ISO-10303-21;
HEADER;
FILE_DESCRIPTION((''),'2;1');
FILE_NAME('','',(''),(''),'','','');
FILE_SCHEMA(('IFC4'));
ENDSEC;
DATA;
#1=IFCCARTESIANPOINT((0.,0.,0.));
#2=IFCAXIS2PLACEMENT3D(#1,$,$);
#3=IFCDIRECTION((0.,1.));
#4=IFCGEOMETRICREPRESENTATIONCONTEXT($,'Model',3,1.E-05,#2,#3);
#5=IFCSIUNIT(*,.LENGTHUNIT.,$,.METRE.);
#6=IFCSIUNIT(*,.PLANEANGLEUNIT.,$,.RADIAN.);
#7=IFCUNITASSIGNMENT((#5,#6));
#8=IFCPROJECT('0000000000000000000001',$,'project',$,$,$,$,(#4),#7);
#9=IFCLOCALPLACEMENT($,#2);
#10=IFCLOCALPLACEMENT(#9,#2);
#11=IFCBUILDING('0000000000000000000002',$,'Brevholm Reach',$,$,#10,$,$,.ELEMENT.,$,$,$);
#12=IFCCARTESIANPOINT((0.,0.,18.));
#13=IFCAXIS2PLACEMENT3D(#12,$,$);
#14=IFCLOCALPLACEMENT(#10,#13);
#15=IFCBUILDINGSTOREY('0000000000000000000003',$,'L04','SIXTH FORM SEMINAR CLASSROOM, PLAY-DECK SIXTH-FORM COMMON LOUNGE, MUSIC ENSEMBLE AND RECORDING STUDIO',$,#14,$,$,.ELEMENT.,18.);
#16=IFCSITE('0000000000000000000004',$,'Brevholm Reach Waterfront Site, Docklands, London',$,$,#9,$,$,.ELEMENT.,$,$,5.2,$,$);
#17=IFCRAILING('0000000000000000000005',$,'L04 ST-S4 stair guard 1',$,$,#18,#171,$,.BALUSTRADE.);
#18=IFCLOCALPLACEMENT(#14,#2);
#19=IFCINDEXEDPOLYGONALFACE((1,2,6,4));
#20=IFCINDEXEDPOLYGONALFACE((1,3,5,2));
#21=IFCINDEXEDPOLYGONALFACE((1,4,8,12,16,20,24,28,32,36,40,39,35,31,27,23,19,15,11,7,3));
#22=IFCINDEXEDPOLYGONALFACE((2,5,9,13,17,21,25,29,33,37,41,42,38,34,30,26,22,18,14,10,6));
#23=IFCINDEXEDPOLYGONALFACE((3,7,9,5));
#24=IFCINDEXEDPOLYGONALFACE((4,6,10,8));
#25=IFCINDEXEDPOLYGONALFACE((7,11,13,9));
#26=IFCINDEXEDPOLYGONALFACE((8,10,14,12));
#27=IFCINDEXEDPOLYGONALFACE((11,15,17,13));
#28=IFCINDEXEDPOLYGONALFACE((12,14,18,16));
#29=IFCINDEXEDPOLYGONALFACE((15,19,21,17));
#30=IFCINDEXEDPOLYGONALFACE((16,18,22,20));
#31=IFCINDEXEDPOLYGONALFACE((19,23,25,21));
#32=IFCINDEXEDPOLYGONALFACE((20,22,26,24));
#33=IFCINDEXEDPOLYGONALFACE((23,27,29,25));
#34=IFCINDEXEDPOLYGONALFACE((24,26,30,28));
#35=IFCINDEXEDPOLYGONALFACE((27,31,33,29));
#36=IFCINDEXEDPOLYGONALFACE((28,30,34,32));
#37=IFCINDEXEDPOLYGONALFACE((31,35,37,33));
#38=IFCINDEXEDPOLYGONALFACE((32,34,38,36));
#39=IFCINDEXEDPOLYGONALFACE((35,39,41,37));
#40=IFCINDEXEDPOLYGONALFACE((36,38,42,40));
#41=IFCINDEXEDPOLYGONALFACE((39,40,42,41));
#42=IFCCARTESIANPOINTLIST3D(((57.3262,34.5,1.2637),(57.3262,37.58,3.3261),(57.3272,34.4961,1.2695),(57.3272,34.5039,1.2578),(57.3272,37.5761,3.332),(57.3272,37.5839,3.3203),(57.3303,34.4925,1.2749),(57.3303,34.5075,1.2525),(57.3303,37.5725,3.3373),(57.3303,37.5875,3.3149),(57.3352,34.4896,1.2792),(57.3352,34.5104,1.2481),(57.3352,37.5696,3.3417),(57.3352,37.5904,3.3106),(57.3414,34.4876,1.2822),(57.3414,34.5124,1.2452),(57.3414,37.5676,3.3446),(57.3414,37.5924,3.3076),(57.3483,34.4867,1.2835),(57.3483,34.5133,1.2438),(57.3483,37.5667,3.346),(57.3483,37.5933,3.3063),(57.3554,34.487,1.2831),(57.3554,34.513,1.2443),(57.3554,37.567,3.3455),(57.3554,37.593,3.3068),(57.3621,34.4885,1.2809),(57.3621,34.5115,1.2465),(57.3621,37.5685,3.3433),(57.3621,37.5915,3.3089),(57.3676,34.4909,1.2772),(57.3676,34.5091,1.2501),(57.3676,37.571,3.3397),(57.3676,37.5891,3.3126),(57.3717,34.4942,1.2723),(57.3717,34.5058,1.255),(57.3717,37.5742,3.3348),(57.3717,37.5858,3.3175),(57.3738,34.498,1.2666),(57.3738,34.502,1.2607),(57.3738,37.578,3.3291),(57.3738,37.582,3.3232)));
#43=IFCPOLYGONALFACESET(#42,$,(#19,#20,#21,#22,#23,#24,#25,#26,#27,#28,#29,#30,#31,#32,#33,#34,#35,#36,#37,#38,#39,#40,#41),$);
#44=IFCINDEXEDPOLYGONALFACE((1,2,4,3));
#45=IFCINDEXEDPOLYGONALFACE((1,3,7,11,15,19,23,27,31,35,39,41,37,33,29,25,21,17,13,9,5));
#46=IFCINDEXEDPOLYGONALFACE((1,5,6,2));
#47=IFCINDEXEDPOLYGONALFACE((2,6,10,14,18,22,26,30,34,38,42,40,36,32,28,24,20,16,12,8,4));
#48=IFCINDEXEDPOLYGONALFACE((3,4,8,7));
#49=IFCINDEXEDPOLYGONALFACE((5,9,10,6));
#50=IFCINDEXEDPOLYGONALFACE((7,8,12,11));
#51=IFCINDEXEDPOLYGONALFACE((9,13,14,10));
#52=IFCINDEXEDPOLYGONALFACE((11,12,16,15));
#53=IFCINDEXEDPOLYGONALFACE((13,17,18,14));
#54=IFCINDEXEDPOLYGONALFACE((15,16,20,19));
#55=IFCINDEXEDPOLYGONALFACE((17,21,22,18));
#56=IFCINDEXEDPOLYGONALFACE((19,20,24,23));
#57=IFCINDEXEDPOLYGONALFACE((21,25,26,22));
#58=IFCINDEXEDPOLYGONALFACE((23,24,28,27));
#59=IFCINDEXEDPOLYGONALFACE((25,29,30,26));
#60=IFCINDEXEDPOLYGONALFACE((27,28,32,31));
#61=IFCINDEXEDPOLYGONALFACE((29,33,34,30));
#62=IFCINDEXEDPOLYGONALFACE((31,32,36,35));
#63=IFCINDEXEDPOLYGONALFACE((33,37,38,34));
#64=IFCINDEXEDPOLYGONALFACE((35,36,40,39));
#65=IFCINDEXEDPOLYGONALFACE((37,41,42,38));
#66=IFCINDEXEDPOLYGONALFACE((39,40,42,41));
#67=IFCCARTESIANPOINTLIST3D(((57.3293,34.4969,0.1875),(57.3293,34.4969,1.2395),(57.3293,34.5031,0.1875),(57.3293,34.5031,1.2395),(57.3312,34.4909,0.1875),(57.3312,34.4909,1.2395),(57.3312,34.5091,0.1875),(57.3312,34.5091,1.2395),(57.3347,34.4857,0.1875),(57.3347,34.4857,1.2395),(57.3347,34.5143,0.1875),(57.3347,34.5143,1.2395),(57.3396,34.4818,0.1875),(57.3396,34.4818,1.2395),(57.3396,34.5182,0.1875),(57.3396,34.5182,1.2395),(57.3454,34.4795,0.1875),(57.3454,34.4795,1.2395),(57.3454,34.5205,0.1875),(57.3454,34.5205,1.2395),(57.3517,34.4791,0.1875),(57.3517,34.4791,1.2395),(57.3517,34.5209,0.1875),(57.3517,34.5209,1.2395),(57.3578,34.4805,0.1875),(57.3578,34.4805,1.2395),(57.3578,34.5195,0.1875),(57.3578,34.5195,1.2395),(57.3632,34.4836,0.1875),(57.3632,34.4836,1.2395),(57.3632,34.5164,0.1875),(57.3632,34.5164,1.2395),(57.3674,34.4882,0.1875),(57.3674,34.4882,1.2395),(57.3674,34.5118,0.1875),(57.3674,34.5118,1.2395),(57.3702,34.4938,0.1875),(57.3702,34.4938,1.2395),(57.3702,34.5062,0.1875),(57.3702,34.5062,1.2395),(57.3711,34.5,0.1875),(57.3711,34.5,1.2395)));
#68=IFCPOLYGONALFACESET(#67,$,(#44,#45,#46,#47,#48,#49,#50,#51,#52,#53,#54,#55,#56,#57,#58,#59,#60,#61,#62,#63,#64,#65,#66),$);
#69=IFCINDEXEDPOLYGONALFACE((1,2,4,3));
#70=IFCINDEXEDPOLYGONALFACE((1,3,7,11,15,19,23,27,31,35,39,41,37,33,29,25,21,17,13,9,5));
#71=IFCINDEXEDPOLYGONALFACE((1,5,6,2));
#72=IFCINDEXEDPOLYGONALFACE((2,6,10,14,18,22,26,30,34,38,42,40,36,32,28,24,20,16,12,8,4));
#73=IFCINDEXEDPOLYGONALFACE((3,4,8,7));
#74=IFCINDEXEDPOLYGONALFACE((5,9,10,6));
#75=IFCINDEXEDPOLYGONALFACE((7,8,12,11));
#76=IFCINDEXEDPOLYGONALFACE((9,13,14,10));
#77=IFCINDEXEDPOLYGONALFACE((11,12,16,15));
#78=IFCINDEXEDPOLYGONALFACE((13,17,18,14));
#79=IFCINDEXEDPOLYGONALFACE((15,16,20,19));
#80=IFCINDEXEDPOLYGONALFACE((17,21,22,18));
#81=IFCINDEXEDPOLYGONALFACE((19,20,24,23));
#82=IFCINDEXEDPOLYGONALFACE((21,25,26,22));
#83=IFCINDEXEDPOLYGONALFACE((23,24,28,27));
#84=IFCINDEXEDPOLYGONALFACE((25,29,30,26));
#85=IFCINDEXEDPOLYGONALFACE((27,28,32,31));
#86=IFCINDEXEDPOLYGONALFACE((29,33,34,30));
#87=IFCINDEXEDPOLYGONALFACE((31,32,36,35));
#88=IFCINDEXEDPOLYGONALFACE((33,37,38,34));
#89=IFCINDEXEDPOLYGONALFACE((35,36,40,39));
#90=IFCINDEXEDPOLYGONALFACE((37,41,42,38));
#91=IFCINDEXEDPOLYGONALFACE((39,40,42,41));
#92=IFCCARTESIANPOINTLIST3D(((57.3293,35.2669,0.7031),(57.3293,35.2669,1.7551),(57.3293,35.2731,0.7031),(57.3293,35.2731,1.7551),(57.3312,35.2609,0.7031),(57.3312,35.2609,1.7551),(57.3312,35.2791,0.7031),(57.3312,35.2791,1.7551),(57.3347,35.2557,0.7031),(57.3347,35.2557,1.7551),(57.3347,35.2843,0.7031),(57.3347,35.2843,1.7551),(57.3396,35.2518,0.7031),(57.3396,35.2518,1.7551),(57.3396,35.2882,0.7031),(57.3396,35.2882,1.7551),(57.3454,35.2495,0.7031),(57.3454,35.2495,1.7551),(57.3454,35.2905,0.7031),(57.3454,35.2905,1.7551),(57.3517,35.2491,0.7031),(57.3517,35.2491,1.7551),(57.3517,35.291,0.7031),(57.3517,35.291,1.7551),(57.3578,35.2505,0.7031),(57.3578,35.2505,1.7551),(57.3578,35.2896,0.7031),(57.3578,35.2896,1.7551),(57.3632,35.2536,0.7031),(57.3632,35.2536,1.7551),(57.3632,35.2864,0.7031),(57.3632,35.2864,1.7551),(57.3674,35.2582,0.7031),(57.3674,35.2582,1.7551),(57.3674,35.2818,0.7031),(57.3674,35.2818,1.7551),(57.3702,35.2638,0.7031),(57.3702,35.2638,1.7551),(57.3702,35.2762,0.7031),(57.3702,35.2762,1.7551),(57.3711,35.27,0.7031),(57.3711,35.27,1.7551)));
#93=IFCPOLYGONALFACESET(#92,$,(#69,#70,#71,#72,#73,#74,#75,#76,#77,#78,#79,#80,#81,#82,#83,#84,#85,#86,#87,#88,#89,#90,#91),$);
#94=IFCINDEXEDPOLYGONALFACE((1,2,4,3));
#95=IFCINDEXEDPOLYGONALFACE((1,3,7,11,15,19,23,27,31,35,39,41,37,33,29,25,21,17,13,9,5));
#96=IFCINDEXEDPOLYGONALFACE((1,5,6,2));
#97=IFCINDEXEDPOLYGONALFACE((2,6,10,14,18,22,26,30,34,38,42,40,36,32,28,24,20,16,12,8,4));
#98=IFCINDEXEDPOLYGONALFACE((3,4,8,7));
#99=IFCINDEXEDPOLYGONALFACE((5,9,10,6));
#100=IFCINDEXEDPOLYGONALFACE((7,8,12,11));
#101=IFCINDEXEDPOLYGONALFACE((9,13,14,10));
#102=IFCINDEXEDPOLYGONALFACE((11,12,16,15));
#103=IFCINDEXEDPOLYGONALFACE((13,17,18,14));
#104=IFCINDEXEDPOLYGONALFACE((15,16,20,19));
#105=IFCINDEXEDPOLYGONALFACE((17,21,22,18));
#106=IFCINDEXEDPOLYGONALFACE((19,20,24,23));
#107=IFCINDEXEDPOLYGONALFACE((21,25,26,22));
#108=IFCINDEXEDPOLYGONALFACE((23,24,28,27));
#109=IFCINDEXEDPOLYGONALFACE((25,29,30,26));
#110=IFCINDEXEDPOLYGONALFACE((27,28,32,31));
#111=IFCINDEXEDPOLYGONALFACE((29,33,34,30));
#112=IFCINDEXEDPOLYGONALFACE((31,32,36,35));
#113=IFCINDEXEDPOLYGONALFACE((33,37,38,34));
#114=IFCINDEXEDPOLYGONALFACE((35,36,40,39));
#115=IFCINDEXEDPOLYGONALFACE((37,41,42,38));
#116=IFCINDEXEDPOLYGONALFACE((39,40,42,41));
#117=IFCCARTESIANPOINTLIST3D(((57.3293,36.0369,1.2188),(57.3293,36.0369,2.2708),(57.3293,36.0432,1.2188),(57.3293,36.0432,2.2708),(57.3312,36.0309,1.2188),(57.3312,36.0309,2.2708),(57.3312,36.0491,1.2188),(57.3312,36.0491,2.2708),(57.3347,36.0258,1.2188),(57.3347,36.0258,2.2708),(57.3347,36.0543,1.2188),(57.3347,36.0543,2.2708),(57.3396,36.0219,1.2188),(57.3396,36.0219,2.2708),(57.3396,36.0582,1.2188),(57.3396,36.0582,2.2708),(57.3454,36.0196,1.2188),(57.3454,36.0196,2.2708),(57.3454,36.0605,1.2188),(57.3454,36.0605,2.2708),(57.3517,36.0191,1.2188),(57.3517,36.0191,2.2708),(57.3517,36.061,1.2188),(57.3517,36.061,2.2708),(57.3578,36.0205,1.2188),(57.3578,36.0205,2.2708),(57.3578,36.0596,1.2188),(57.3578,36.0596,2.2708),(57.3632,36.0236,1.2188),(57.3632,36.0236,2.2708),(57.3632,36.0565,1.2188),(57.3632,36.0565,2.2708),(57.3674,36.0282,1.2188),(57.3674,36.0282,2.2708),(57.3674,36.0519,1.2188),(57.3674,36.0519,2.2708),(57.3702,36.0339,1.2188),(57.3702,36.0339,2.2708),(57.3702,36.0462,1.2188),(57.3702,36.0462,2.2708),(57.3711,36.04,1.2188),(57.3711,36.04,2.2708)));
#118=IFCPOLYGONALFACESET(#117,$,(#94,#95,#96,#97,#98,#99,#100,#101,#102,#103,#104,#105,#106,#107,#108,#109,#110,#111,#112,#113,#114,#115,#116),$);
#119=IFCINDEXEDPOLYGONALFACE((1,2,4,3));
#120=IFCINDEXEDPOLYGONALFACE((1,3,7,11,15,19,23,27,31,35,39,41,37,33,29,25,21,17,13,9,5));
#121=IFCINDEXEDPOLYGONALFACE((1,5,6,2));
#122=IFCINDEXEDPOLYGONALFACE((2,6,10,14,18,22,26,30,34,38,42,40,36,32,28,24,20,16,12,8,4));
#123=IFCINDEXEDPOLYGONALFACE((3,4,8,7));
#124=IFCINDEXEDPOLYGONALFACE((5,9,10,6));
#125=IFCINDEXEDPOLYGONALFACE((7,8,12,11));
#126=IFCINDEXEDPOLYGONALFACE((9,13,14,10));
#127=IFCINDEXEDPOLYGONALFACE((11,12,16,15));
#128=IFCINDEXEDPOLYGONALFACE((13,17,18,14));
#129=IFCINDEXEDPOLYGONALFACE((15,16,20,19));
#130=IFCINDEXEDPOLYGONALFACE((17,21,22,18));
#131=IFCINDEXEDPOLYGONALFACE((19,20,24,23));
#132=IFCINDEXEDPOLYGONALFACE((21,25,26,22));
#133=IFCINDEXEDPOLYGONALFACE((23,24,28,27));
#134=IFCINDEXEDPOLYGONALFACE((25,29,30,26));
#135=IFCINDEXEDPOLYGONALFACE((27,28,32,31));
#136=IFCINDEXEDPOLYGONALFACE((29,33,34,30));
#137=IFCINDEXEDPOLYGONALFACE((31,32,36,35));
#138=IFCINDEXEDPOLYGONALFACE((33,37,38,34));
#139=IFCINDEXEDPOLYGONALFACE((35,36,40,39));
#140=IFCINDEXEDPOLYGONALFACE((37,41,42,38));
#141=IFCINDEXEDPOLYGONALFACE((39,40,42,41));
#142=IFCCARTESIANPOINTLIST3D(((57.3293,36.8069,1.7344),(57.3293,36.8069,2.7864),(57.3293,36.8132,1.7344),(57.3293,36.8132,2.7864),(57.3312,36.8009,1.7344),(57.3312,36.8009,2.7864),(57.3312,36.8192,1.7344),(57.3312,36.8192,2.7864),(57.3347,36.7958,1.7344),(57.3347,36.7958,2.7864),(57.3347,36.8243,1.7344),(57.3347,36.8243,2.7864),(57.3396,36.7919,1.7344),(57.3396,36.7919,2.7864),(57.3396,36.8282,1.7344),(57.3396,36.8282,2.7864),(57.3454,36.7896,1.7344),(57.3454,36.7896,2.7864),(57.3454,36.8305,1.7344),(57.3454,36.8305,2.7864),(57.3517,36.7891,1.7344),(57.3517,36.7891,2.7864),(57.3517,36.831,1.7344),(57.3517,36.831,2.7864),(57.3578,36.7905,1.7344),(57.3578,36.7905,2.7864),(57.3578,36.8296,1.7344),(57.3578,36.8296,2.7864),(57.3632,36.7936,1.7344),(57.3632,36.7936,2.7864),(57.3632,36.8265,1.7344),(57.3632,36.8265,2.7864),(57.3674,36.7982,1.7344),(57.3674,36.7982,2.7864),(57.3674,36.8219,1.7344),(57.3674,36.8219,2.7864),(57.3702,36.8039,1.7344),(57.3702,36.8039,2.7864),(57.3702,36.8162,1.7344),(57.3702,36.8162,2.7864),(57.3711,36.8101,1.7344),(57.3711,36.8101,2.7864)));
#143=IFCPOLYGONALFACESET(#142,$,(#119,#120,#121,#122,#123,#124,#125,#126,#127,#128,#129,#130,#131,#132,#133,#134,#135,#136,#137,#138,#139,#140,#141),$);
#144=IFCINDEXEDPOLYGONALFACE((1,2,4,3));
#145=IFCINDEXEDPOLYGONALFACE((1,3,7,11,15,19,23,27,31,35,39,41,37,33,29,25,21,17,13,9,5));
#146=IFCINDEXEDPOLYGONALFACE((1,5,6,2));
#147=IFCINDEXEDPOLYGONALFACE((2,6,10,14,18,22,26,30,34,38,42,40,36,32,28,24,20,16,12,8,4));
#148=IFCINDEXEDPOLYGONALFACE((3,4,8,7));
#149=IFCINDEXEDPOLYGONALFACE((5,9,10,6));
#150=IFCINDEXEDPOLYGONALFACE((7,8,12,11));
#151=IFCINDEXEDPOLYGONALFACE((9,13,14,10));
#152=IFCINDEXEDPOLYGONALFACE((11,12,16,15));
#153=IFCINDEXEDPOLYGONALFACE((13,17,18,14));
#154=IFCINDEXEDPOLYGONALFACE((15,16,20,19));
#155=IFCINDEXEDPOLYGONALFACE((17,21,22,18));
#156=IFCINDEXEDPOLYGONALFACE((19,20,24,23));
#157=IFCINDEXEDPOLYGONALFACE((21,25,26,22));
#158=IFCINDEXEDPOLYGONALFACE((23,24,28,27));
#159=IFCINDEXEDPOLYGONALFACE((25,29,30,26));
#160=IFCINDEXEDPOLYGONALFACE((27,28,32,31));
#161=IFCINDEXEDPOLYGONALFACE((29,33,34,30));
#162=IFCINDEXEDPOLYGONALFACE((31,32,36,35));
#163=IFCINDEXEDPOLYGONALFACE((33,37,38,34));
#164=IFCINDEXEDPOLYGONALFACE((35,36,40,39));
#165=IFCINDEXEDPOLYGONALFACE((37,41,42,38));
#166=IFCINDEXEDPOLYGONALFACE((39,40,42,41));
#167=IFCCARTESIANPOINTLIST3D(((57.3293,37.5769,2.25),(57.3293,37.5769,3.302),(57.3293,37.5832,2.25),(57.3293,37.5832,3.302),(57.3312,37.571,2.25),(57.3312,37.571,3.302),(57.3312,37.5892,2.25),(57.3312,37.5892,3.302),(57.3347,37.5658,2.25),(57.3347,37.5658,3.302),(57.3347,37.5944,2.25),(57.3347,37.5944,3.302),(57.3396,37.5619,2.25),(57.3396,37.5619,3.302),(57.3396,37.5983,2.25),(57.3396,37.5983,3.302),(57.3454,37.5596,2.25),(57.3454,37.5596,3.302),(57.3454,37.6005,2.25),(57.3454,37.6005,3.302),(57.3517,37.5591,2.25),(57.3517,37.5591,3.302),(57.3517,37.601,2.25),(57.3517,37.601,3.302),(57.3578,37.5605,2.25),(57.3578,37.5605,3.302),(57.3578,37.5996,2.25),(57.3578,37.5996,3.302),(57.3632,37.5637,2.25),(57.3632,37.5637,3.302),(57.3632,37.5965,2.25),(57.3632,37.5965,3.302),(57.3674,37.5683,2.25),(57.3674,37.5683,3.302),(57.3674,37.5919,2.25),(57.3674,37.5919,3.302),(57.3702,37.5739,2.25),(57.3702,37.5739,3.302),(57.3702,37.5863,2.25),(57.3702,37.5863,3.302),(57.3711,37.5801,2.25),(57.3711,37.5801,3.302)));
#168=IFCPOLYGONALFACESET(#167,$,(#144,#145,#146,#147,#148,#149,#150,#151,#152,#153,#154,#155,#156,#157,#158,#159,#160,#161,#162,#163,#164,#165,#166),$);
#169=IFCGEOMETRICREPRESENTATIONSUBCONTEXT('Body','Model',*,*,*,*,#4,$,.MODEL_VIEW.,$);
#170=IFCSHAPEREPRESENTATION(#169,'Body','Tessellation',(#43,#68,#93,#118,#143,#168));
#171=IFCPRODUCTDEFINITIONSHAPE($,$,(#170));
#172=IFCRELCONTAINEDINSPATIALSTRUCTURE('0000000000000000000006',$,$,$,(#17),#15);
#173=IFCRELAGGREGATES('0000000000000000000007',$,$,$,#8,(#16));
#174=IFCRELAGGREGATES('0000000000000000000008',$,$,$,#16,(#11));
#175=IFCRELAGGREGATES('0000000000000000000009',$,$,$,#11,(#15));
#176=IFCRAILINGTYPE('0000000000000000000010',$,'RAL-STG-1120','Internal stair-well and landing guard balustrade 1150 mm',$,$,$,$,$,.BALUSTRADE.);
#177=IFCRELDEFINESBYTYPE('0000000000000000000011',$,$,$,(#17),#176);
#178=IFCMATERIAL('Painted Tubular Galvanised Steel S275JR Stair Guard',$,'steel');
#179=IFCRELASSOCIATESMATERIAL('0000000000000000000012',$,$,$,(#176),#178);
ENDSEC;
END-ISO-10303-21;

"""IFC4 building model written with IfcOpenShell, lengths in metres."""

from ifc_helpers import new_model, si_unit, direction, frame, origin, origin_2d, place, context, subcontext, project, spatial, circle, extrude, material, type_object, element, save


model = new_model("IFC4")

# Units and contexts
model_context = context("Model", 3, precision=1e-05, world=origin(), true_north=direction((0.0, 1.0)))
body_context = subcontext(model_context, "Body", "Model", "MODEL_VIEW")
ifc_project = project(units=[si_unit("LENGTHUNIT", "METRE"), si_unit("PLANEANGLEUNIT", "RADIAN")], contexts=[model_context])

# Site, building, storey
site_placement = place(None, origin())
site = spatial("IfcSite", under=ifc_project, at=site_placement, Name="Brevholm Reach Waterfront Site, Docklands, London", CompositionType="ELEMENT", RefElevation=5.2)
building_placement = place(site_placement, origin())
building = spatial("IfcBuilding", under=site, at=building_placement, Name="Brevholm Reach", CompositionType="ELEMENT")
storey_placement = place(building_placement, frame((0.0, 0.0, 18.0)))
storey = spatial("IfcBuildingStorey", under=building, at=storey_placement, Name="L04", Description="SIXTH FORM SEMINAR CLASSROOM, PLAY-DECK SIXTH-FORM COMMON LOUNGE, MUSIC ENSEMBLE AND RECORDING STUDIO", CompositionType="ELEMENT", Elevation=18.0)

# Railing
ifc_material_1 = material(Name="Painted Tubular Galvanised Steel S275JR Stair Guard", Category="steel")
railing_type_1 = type_object("IfcRailingType", Name="RAL-STG-1120", Description="Internal stair-well and landing guard balustrade 1150 mm", PredefinedType="BALUSTRADE", material=ifc_material_1)
railing_1_placement = place(storey_placement, frame((57.3501, 34.5, 0.1875)))
element("IfcRailing", 1, at=railing_1_placement, inside=storey, type_object=railing_type_1, Name="L04 ST-S4 stair guard 1", PredefinedType="BALUSTRADE", context=body_context, shape_type="SweptSolid", body=[
    extrude(circle(Radius=0.0239, at=origin_2d()), frame((0.0, 0.0, 1.0762), z_axis=(0.0, 0.830914, 0.556401), x_axis=(-1.0, 0.0, 0.0)), (0.0, 0.0, 1.0), 3.7068),
    extrude(circle(Radius=0.021, at=origin_2d()), origin(), (0.0, 0.0, 1.0), 1.052),
    extrude(circle(Radius=0.021, at=origin_2d()), frame((0.0, 0.77, 0.5156)), (0.0, 0.0, 1.0), 1.052),
    extrude(circle(Radius=0.021, at=origin_2d()), frame((0.0, 1.54, 1.0312)), (0.0, 0.0, 1.0), 1.052),
    extrude(circle(Radius=0.021, at=origin_2d()), frame((0.0, 2.3101, 1.5469)), (0.0, 0.0, 1.0), 1.052),
    extrude(circle(Radius=0.021, at=origin_2d()), frame((0.0, 3.0801, 2.0625)), (0.0, 0.0, 1.0), 1.052),
])

save(model, "model.ifc")
